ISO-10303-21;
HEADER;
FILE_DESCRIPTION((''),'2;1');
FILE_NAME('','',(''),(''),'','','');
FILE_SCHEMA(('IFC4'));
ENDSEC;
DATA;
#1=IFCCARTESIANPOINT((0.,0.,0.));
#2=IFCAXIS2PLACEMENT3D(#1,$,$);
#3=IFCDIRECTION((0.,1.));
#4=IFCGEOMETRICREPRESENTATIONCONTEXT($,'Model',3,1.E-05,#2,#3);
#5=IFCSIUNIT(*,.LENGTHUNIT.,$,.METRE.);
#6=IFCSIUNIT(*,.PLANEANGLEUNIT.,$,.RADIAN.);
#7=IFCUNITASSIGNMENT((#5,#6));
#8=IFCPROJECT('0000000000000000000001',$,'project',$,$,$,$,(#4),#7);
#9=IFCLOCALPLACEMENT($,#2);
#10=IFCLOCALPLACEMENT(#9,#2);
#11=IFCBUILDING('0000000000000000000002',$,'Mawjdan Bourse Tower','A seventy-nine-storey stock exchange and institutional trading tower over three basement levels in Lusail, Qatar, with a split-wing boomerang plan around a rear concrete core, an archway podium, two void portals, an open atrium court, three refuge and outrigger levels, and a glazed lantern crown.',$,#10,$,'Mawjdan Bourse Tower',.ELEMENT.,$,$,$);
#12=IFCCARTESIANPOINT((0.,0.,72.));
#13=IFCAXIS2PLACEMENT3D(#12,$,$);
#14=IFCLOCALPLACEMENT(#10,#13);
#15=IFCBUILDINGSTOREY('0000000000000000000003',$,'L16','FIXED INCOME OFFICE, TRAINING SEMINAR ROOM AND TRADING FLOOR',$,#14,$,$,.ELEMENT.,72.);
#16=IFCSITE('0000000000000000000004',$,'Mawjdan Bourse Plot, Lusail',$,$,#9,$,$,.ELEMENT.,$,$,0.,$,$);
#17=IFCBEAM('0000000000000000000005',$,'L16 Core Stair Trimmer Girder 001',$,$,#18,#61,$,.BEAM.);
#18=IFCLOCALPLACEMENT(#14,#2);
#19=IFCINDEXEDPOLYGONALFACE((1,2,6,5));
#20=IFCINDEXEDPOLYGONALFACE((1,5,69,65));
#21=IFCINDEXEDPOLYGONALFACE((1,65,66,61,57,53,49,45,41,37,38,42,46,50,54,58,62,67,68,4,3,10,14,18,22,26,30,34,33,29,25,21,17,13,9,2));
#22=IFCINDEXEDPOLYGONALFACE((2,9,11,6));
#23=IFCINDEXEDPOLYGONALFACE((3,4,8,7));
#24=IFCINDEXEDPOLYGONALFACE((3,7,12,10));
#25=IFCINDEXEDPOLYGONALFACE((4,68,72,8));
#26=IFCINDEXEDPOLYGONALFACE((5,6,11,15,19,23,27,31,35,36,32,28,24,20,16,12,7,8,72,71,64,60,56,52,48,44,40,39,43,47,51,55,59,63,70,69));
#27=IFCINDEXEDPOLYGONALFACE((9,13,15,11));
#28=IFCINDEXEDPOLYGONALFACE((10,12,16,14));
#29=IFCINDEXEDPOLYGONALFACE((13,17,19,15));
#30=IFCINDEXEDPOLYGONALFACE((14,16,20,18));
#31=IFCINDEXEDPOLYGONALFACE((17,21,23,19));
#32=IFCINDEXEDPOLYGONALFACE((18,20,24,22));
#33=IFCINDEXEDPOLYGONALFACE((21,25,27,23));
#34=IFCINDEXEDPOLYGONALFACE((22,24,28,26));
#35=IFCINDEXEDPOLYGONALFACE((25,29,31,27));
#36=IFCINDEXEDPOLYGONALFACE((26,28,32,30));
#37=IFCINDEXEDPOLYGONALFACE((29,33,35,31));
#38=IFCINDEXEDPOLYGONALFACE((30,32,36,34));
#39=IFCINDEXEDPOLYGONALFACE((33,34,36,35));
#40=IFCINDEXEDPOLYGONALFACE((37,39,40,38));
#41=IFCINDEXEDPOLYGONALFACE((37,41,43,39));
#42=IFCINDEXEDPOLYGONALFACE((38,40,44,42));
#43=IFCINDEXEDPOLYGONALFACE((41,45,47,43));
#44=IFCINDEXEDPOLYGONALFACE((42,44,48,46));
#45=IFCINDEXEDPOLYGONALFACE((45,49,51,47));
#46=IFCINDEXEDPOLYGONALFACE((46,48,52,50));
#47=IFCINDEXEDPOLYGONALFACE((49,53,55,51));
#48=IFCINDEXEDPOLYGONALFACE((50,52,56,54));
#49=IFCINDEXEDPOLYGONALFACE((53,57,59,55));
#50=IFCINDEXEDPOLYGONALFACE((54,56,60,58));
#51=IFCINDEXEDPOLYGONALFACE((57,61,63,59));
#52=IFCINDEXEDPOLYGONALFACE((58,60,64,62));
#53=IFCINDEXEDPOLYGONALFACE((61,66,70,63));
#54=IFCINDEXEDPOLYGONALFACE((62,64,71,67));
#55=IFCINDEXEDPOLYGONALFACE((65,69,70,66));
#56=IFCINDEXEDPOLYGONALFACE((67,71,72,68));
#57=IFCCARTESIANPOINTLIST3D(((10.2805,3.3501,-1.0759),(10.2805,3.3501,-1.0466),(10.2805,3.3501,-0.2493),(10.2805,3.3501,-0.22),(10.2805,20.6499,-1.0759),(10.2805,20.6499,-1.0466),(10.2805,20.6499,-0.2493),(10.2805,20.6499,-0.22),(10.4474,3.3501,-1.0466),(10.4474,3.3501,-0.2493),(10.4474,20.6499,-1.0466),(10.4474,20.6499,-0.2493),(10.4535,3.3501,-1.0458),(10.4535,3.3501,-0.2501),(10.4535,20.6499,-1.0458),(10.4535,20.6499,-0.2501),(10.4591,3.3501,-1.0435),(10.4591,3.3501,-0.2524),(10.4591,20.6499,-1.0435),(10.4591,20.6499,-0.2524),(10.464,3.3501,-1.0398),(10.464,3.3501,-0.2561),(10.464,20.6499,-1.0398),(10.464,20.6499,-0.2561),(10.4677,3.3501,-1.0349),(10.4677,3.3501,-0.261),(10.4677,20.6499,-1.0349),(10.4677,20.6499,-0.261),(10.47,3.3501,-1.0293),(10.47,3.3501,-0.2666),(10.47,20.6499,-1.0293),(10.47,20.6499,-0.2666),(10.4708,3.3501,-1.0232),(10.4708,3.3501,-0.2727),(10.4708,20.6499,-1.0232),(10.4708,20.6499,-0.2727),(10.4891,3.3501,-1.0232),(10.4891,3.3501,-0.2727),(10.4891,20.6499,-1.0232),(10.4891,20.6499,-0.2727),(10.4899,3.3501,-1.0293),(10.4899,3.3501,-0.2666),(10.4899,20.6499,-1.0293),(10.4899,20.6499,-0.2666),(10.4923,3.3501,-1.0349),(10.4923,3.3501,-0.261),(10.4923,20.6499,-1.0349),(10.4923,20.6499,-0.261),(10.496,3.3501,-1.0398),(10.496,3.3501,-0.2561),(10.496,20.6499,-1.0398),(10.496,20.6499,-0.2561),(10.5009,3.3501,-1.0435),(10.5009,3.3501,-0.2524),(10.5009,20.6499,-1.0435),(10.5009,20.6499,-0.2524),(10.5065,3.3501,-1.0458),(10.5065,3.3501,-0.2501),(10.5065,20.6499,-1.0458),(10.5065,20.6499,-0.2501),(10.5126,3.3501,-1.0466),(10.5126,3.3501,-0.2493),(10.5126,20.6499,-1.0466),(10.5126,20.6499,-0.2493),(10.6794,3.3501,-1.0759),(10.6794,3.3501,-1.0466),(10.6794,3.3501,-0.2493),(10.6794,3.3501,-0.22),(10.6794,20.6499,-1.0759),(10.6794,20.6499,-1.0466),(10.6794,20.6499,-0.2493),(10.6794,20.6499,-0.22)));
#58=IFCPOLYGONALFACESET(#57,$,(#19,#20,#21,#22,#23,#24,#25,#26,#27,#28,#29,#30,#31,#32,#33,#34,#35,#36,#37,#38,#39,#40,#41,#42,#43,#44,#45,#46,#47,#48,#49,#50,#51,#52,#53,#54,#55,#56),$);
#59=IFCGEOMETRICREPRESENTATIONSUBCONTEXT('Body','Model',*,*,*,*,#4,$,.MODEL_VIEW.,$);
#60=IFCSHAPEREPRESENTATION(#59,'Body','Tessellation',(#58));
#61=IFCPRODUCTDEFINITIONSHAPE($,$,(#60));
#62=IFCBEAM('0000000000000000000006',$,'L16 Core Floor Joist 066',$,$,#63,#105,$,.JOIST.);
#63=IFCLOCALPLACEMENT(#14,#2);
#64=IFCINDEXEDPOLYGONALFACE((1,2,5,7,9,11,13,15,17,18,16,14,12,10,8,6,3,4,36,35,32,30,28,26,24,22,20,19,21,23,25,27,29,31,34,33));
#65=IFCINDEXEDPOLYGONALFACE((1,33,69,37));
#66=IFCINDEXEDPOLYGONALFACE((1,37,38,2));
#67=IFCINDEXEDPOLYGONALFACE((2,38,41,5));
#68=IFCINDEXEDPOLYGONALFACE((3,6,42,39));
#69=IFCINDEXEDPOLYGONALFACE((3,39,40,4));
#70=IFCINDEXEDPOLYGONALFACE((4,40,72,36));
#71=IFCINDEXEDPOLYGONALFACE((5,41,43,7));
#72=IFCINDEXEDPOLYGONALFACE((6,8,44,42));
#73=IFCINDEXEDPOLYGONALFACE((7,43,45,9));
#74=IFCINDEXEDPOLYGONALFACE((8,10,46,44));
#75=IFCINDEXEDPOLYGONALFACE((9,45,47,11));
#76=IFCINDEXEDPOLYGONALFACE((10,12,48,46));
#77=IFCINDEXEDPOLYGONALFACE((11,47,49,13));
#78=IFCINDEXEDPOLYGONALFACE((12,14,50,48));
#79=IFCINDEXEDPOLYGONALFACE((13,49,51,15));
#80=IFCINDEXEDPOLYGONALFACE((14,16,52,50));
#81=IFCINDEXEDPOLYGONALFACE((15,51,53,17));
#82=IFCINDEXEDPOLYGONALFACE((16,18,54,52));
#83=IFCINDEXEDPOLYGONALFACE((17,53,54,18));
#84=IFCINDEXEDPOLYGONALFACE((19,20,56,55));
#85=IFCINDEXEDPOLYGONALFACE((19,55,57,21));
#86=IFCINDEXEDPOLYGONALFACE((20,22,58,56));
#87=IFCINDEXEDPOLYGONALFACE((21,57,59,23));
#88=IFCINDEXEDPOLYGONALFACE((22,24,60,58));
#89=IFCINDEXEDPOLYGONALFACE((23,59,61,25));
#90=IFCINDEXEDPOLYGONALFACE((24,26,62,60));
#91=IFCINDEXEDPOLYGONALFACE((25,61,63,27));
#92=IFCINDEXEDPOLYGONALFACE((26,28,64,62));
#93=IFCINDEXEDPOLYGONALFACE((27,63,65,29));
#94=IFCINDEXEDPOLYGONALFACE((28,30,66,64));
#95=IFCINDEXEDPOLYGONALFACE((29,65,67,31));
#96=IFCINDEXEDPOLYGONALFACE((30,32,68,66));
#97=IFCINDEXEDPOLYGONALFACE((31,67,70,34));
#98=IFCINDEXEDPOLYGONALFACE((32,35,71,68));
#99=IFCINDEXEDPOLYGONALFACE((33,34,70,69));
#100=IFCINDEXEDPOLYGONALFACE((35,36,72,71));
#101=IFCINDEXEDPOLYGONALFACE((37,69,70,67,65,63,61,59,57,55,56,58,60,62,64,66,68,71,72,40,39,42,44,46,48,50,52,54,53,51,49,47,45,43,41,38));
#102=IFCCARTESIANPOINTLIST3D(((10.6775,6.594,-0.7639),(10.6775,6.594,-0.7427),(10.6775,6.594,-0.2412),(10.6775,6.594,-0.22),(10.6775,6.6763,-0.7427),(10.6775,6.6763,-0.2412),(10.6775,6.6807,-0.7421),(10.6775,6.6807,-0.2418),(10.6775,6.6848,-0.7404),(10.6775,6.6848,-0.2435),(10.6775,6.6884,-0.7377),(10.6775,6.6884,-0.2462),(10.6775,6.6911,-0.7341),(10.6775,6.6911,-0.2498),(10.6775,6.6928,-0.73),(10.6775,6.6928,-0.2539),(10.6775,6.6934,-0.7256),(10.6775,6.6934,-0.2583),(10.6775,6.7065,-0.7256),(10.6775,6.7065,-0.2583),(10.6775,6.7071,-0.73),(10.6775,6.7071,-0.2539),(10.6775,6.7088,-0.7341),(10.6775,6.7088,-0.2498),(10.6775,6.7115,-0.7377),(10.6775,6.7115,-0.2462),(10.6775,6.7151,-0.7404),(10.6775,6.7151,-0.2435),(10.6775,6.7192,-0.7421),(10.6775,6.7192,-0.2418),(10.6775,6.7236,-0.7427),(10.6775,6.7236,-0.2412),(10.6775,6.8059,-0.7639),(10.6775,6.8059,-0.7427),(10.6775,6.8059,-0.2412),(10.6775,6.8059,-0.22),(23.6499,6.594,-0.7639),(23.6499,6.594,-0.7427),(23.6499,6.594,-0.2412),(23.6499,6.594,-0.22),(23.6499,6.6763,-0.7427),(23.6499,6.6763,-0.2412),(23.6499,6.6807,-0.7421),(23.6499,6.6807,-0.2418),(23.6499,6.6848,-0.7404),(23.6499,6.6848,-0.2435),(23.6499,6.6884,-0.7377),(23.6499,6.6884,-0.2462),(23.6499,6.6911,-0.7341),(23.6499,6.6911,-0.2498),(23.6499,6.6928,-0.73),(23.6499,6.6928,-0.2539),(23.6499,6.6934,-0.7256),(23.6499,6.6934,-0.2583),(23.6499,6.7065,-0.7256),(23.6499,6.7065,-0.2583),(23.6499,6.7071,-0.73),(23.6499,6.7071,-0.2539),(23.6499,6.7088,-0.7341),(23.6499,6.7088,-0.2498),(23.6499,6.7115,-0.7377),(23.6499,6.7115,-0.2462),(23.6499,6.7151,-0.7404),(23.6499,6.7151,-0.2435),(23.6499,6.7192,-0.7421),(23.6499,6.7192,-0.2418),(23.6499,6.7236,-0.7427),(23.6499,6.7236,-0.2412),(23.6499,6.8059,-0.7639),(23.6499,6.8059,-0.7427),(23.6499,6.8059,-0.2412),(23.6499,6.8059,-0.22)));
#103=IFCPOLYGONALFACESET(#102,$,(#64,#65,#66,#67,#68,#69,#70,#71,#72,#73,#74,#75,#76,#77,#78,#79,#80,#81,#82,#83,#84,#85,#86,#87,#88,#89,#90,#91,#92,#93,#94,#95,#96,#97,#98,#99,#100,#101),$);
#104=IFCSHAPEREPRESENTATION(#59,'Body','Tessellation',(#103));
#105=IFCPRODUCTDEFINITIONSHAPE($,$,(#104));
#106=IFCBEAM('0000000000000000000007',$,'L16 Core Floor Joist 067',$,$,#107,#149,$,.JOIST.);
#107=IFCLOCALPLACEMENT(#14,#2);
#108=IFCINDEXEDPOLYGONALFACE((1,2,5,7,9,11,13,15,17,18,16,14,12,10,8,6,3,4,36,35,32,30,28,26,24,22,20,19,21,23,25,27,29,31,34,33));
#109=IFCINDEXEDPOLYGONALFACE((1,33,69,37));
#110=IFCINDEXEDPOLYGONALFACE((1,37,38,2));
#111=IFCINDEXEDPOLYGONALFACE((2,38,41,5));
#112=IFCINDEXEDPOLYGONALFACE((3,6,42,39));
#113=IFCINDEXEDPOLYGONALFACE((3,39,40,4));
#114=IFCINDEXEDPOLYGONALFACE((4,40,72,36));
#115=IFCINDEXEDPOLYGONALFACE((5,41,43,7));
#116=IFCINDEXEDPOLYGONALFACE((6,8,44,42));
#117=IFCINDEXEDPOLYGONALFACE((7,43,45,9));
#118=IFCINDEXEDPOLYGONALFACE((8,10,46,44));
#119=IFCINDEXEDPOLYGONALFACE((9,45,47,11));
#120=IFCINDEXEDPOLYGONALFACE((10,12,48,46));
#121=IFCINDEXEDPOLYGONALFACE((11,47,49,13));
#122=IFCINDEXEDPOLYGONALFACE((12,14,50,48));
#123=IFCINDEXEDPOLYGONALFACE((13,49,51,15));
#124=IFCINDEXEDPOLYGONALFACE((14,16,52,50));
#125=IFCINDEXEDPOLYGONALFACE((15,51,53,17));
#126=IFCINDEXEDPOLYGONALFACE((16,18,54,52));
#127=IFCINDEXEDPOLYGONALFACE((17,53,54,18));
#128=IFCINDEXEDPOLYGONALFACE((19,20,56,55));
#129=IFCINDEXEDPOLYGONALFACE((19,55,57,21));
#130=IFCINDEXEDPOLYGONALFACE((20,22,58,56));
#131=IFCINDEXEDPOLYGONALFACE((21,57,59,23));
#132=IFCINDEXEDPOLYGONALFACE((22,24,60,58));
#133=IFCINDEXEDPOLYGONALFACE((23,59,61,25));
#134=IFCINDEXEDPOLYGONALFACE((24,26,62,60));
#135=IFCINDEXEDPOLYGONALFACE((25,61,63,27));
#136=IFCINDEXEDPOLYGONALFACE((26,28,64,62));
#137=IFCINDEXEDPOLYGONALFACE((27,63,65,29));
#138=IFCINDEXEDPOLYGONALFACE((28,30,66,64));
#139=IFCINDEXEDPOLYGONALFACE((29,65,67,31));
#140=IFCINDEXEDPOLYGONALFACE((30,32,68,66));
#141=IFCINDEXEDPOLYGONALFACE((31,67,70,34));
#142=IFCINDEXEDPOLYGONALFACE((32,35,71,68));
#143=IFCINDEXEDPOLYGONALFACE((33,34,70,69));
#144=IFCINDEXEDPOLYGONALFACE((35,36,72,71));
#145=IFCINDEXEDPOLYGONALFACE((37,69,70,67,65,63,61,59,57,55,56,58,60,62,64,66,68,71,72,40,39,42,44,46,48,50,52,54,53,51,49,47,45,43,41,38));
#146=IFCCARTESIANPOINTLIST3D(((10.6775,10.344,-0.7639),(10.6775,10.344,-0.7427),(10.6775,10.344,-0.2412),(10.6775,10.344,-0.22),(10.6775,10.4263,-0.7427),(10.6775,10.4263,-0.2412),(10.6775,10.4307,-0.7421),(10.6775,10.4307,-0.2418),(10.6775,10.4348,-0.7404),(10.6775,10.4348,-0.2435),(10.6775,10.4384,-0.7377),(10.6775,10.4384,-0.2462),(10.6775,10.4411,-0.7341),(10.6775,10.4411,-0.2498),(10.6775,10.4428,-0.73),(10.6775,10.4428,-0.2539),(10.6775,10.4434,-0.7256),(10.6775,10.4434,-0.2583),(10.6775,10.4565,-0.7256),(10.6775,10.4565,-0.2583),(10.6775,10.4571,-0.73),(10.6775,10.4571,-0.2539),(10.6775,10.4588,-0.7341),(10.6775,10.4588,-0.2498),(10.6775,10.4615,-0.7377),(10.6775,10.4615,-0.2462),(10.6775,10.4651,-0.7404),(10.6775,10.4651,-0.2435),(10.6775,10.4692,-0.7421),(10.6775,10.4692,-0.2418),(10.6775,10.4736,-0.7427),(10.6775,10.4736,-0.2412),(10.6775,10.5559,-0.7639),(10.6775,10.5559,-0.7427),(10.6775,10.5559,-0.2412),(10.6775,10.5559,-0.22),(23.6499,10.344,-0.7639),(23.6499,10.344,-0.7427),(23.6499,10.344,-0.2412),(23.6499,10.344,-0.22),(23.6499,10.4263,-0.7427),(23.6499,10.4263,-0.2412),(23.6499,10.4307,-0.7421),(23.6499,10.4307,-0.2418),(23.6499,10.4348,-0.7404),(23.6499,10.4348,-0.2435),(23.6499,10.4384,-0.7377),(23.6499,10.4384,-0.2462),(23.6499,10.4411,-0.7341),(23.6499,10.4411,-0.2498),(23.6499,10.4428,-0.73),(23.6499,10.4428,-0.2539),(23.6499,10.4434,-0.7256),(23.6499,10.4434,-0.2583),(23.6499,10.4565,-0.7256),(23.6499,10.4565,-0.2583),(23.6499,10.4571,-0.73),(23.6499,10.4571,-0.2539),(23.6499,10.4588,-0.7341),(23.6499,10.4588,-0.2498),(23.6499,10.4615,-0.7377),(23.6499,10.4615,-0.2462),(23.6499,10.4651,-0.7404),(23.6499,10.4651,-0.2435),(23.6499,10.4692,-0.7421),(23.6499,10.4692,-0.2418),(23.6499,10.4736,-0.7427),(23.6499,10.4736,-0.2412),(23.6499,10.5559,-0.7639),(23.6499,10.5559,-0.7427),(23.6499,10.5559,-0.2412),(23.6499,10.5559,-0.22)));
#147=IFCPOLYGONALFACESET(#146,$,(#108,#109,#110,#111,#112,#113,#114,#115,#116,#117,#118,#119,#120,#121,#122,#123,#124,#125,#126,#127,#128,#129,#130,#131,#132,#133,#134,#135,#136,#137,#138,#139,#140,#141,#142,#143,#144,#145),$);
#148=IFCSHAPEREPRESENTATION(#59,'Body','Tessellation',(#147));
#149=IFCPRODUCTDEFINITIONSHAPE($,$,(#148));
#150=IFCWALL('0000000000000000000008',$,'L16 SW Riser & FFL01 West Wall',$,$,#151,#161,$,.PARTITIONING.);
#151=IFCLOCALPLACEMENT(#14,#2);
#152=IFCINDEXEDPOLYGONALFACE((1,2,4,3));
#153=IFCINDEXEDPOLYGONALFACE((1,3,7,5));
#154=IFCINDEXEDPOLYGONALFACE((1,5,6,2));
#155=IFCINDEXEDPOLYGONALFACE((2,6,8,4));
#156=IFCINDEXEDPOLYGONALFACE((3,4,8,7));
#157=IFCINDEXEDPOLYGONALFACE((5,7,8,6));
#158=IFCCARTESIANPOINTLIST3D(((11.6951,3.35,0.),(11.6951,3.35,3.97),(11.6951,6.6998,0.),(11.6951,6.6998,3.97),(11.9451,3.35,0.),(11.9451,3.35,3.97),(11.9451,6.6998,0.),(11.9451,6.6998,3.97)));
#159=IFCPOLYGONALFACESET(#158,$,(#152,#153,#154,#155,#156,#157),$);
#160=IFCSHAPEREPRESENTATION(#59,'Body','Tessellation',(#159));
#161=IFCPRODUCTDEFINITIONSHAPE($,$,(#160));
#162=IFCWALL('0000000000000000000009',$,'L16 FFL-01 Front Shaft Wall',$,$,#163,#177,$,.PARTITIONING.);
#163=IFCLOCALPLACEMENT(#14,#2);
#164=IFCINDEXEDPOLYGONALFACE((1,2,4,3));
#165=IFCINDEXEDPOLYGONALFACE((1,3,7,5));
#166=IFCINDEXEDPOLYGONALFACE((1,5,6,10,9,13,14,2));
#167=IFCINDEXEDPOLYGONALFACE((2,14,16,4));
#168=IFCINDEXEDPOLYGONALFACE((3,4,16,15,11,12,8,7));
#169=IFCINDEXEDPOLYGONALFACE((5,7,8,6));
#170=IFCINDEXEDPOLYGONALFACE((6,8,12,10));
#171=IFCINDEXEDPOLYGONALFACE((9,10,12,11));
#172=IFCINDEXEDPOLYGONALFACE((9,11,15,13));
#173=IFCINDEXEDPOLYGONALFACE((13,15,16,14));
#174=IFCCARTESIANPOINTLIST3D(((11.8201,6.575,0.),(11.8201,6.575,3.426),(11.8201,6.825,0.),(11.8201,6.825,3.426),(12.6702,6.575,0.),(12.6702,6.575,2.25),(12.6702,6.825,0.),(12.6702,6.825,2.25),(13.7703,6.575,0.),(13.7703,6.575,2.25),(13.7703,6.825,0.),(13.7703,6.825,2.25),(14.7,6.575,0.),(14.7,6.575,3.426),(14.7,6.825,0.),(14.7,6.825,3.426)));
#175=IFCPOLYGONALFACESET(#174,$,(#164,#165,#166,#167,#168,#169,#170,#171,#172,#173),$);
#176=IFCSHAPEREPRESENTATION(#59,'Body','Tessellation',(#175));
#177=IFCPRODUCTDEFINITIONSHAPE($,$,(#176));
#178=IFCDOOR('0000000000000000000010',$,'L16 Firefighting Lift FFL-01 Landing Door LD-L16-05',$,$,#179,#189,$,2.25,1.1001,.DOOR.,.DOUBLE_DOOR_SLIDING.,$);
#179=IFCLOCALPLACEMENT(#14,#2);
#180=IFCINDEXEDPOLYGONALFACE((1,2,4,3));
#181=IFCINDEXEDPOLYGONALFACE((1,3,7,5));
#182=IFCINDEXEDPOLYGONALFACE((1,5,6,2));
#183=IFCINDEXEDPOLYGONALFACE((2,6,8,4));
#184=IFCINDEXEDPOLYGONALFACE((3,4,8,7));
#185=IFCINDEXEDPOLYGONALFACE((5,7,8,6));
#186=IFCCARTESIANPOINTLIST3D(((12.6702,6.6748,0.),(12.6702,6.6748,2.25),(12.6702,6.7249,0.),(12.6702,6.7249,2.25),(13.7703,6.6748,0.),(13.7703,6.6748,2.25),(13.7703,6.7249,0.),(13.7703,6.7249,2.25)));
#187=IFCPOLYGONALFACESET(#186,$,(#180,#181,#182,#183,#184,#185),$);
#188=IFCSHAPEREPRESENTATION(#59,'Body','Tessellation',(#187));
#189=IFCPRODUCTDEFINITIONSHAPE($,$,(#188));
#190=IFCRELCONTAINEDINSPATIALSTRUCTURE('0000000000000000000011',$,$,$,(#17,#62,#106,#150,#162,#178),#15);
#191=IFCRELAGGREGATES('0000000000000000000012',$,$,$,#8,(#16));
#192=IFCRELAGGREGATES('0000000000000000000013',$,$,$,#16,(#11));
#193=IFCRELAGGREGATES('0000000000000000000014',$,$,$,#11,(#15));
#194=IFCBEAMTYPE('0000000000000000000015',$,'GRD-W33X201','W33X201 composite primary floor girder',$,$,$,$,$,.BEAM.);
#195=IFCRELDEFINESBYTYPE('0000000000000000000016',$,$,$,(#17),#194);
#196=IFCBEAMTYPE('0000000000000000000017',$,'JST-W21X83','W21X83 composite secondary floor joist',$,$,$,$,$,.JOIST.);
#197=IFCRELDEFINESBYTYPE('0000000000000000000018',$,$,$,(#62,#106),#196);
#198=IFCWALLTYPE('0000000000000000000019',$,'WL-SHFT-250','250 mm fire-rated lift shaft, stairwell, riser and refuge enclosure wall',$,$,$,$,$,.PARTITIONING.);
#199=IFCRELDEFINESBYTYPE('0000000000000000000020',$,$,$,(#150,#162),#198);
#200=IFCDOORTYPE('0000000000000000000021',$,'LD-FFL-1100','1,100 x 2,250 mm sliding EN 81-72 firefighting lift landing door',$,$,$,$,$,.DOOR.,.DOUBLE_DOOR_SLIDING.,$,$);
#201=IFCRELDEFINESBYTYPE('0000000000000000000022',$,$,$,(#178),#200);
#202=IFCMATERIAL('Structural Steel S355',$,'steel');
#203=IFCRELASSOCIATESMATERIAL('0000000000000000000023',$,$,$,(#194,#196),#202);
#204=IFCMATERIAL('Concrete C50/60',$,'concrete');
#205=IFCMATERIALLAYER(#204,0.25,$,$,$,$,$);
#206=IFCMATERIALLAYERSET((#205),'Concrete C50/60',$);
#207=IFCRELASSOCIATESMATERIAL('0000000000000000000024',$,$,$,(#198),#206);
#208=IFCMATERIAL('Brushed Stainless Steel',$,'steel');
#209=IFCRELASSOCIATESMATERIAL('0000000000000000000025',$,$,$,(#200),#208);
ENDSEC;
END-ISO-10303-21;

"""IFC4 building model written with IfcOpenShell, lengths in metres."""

from ifc_helpers import new_model, si_unit, direction, frame, frame_2d, origin, origin_2d, place, context, subcontext, project, spatial, rectangle, i_section, extrude, material, layer, layer_set, material_profile, profile_set, type_object, element, fill, save


model = new_model("IFC4")

# Units and contexts
model_context = context("Model", 3, precision=1e-05, world=origin(), true_north=direction((0.0, 1.0)))
body_context = subcontext(model_context, "Body", "Model", "MODEL_VIEW")
ifc_project = project(units=[si_unit("LENGTHUNIT", "METRE"), si_unit("PLANEANGLEUNIT", "RADIAN")], contexts=[model_context])

# Site, building, storey
site_placement = place(None, origin())
site = spatial("IfcSite", under=ifc_project, at=site_placement, Name="Mawjdan Bourse Plot, Lusail", CompositionType="ELEMENT", RefElevation=0.0)
building_placement = place(site_placement, origin())
building = spatial("IfcBuilding", under=site, at=building_placement, Name="Mawjdan Bourse Tower", Description="A seventy-nine-storey stock exchange and institutional trading tower over three basement levels in Lusail, Qatar, with a split-wing boomerang plan around a rear concrete core, an archway podium, two void portals, an open atrium court, three refuge and outrigger levels, and a glazed lantern crown.", LongName="Mawjdan Bourse Tower", CompositionType="ELEMENT")
storey_placement = place(building_placement, frame((0.0, 0.0, 72.0)))
storey = spatial("IfcBuildingStorey", under=building, at=storey_placement, Name="L16", Description="FIXED INCOME OFFICE, TRAINING SEMINAR ROOM AND TRADING FLOOR", CompositionType="ELEMENT", Elevation=72.0)

# Beams
ifc_material_1 = material(Name="Structural Steel S355", Category="steel")
ifc_material_profile_1 = material_profile(ifc_material_1, i_section(OverallWidth=0.3989, OverallDepth=0.856, WebThickness=0.0183, FlangeThickness=0.0293, FilletRadius=0.0234, at=origin_2d()), Name="W33X201")
ifc_profile_set_1 = profile_set([ifc_material_profile_1], Name="Structural Steel S355")
beam_type_1 = type_object("IfcBeamType", Name="GRD-W33X201", Description="W33X201 composite primary floor girder", PredefinedType="BEAM", material=ifc_profile_set_1)
beam_placement = place(storey_placement, frame((10.48, 3.3501, -0.6479), z_axis=(0.0, 1.0, 0.0), x_axis=(-1.0, 0.0, 0.0)))
element("IfcBeam", 1, at=beam_placement, inside=storey, type_object=beam_type_1, Name="L16 Core Stair Trimmer Girder 001", PredefinedType="BEAM", context=body_context, shape_type="SweptSolid", body=[
    extrude(i_section(OverallWidth=0.3989, OverallDepth=0.856, WebThickness=0.0183, FlangeThickness=0.0293, FilletRadius=0.0234, at=origin_2d()), origin(), (0.0, 0.0, 1.0), 17.2998),
])
ifc_material_profile_2 = material_profile(ifc_material_1, i_section(OverallWidth=0.2119, OverallDepth=0.5439, WebThickness=0.0132, FlangeThickness=0.0212, FilletRadius=0.0171, at=origin_2d()), Name="W21X83")
ifc_profile_set_2 = profile_set([ifc_material_profile_2], Name="Structural Steel S355")
beam_type_2 = type_object("IfcBeamType", Name="JST-W21X83", Description="W21X83 composite secondary floor joist", PredefinedType="JOIST", material=ifc_profile_set_2)
for number, where, z_axis, x_axis, name in (
    (2, (10.6775, 6.7, -0.4919), (1.0, 0.0, 0.0), (0.0, 1.0, 0.0), "L16 Core Floor Joist 066"),
    (3, (10.6775, 10.45, -0.4919), (1.0, 0.0, 0.0), (0.0, 1.0, 0.0), "L16 Core Floor Joist 067"),
):
    element("IfcBeam", number, at=place(storey_placement, frame(where, z_axis=z_axis, x_axis=x_axis)), inside=storey, type_object=beam_type_2, Name=name, PredefinedType="JOIST", context=body_context, shape_type="SweptSolid", body=[
        extrude(i_section(OverallWidth=0.2119, OverallDepth=0.5439, WebThickness=0.0132, FlangeThickness=0.0212, FilletRadius=0.0171, at=origin_2d()), origin(), (0.0, 0.0, 1.0), 12.9724),
    ])

# Wall
ifc_material_2 = material(Name="Concrete C50/60", Category="concrete")
ifc_layer = layer(ifc_material_2, 0.25)
ifc_layer_set = layer_set([ifc_layer], Name="Concrete C50/60")
wall_type = type_object("IfcWallType", Name="WL-SHFT-250", Description="250 mm fire-rated lift shaft, stairwell, riser and refuge enclosure wall", PredefinedType="PARTITIONING", material=ifc_layer_set)
wall_1_placement = place(storey_placement, frame((11.8201, 3.3501, 0.0), z_axis=(0.0, 0.0, 1.0), x_axis=(0.0, 1.0, 0.0)))
element("IfcWall", 4, at=wall_1_placement, inside=storey, type_object=wall_type, Name="L16 SW Riser & FFL01 West Wall", PredefinedType="PARTITIONING", context=body_context, shape_type="SweptSolid", body=[
    extrude(rectangle(XDim=3.3499, YDim=0.25, at=frame_2d((1.6748, 0.0))), origin(), (0.0, 0.0, 1.0), 3.97),
])

# Wall, opening, door
wall_2_placement = place(storey_placement, frame((11.8201, 6.7, 0.0), z_axis=(0.0, 0.0, 1.0), x_axis=(1.0, 0.0, 0.0)))
wall_2 = element("IfcWall", 5, at=wall_2_placement, inside=storey, type_object=wall_type, Name="L16 FFL-01 Front Shaft Wall", PredefinedType="PARTITIONING", context=body_context, shape_type="SweptSolid", body=[
    extrude(rectangle(XDim=2.8799, YDim=0.25, at=frame_2d((1.4399, 0.0))), origin(), (0.0, 0.0, 1.0), 3.426),
])
opening_1_placement = place(wall_2_placement, frame((0.8501, 0.0, 0.0)))
opening_1 = element("IfcOpeningElement", 6, at=opening_1_placement, cuts=wall_2, PredefinedType="OPENING", context=body_context, shape_type="SweptSolid", body=[
    extrude(rectangle(XDim=1.1001, YDim=2.25, at=frame_2d((0.55, 1.125))), frame((0.0, 0.135, 0.0), z_axis=(0.0, -1.0, 0.0), x_axis=(1.0, 0.0, 0.0)), (0.0, 0.0, 1.0), 0.27),
])
ifc_material_3 = material(Name="Brushed Stainless Steel", Category="steel")
door_type_1 = type_object("IfcDoorType", Name="LD-FFL-1100", Description="1,100 x 2,250 mm sliding EN 81-72 firefighting lift landing door", OperationType="DOUBLE_DOOR_SLIDING", PredefinedType="DOOR", material=ifc_material_3)
door_1_placement = place(opening_1_placement, origin())
door_1 = element("IfcDoor", 7, at=door_1_placement, inside=storey, type_object=door_type_1, Name="L16 Firefighting Lift FFL-01 Landing Door LD-L16-05", OperationType="DOUBLE_DOOR_SLIDING", OverallHeight=2.25, OverallWidth=1.1001, PredefinedType="DOOR", context=body_context, shape_type="SweptSolid", body=[
    extrude(rectangle(XDim=1.1001, YDim=2.25, at=frame_2d((0.55, 1.125))), frame((0.0, 0.0249, 0.0), z_axis=(0.0, -1.0, 0.0), x_axis=(1.0, 0.0, 0.0)), (0.0, 0.0, 1.0), 0.05),
])
fill(opening_1, door_1)

save(model, "model.ifc")
